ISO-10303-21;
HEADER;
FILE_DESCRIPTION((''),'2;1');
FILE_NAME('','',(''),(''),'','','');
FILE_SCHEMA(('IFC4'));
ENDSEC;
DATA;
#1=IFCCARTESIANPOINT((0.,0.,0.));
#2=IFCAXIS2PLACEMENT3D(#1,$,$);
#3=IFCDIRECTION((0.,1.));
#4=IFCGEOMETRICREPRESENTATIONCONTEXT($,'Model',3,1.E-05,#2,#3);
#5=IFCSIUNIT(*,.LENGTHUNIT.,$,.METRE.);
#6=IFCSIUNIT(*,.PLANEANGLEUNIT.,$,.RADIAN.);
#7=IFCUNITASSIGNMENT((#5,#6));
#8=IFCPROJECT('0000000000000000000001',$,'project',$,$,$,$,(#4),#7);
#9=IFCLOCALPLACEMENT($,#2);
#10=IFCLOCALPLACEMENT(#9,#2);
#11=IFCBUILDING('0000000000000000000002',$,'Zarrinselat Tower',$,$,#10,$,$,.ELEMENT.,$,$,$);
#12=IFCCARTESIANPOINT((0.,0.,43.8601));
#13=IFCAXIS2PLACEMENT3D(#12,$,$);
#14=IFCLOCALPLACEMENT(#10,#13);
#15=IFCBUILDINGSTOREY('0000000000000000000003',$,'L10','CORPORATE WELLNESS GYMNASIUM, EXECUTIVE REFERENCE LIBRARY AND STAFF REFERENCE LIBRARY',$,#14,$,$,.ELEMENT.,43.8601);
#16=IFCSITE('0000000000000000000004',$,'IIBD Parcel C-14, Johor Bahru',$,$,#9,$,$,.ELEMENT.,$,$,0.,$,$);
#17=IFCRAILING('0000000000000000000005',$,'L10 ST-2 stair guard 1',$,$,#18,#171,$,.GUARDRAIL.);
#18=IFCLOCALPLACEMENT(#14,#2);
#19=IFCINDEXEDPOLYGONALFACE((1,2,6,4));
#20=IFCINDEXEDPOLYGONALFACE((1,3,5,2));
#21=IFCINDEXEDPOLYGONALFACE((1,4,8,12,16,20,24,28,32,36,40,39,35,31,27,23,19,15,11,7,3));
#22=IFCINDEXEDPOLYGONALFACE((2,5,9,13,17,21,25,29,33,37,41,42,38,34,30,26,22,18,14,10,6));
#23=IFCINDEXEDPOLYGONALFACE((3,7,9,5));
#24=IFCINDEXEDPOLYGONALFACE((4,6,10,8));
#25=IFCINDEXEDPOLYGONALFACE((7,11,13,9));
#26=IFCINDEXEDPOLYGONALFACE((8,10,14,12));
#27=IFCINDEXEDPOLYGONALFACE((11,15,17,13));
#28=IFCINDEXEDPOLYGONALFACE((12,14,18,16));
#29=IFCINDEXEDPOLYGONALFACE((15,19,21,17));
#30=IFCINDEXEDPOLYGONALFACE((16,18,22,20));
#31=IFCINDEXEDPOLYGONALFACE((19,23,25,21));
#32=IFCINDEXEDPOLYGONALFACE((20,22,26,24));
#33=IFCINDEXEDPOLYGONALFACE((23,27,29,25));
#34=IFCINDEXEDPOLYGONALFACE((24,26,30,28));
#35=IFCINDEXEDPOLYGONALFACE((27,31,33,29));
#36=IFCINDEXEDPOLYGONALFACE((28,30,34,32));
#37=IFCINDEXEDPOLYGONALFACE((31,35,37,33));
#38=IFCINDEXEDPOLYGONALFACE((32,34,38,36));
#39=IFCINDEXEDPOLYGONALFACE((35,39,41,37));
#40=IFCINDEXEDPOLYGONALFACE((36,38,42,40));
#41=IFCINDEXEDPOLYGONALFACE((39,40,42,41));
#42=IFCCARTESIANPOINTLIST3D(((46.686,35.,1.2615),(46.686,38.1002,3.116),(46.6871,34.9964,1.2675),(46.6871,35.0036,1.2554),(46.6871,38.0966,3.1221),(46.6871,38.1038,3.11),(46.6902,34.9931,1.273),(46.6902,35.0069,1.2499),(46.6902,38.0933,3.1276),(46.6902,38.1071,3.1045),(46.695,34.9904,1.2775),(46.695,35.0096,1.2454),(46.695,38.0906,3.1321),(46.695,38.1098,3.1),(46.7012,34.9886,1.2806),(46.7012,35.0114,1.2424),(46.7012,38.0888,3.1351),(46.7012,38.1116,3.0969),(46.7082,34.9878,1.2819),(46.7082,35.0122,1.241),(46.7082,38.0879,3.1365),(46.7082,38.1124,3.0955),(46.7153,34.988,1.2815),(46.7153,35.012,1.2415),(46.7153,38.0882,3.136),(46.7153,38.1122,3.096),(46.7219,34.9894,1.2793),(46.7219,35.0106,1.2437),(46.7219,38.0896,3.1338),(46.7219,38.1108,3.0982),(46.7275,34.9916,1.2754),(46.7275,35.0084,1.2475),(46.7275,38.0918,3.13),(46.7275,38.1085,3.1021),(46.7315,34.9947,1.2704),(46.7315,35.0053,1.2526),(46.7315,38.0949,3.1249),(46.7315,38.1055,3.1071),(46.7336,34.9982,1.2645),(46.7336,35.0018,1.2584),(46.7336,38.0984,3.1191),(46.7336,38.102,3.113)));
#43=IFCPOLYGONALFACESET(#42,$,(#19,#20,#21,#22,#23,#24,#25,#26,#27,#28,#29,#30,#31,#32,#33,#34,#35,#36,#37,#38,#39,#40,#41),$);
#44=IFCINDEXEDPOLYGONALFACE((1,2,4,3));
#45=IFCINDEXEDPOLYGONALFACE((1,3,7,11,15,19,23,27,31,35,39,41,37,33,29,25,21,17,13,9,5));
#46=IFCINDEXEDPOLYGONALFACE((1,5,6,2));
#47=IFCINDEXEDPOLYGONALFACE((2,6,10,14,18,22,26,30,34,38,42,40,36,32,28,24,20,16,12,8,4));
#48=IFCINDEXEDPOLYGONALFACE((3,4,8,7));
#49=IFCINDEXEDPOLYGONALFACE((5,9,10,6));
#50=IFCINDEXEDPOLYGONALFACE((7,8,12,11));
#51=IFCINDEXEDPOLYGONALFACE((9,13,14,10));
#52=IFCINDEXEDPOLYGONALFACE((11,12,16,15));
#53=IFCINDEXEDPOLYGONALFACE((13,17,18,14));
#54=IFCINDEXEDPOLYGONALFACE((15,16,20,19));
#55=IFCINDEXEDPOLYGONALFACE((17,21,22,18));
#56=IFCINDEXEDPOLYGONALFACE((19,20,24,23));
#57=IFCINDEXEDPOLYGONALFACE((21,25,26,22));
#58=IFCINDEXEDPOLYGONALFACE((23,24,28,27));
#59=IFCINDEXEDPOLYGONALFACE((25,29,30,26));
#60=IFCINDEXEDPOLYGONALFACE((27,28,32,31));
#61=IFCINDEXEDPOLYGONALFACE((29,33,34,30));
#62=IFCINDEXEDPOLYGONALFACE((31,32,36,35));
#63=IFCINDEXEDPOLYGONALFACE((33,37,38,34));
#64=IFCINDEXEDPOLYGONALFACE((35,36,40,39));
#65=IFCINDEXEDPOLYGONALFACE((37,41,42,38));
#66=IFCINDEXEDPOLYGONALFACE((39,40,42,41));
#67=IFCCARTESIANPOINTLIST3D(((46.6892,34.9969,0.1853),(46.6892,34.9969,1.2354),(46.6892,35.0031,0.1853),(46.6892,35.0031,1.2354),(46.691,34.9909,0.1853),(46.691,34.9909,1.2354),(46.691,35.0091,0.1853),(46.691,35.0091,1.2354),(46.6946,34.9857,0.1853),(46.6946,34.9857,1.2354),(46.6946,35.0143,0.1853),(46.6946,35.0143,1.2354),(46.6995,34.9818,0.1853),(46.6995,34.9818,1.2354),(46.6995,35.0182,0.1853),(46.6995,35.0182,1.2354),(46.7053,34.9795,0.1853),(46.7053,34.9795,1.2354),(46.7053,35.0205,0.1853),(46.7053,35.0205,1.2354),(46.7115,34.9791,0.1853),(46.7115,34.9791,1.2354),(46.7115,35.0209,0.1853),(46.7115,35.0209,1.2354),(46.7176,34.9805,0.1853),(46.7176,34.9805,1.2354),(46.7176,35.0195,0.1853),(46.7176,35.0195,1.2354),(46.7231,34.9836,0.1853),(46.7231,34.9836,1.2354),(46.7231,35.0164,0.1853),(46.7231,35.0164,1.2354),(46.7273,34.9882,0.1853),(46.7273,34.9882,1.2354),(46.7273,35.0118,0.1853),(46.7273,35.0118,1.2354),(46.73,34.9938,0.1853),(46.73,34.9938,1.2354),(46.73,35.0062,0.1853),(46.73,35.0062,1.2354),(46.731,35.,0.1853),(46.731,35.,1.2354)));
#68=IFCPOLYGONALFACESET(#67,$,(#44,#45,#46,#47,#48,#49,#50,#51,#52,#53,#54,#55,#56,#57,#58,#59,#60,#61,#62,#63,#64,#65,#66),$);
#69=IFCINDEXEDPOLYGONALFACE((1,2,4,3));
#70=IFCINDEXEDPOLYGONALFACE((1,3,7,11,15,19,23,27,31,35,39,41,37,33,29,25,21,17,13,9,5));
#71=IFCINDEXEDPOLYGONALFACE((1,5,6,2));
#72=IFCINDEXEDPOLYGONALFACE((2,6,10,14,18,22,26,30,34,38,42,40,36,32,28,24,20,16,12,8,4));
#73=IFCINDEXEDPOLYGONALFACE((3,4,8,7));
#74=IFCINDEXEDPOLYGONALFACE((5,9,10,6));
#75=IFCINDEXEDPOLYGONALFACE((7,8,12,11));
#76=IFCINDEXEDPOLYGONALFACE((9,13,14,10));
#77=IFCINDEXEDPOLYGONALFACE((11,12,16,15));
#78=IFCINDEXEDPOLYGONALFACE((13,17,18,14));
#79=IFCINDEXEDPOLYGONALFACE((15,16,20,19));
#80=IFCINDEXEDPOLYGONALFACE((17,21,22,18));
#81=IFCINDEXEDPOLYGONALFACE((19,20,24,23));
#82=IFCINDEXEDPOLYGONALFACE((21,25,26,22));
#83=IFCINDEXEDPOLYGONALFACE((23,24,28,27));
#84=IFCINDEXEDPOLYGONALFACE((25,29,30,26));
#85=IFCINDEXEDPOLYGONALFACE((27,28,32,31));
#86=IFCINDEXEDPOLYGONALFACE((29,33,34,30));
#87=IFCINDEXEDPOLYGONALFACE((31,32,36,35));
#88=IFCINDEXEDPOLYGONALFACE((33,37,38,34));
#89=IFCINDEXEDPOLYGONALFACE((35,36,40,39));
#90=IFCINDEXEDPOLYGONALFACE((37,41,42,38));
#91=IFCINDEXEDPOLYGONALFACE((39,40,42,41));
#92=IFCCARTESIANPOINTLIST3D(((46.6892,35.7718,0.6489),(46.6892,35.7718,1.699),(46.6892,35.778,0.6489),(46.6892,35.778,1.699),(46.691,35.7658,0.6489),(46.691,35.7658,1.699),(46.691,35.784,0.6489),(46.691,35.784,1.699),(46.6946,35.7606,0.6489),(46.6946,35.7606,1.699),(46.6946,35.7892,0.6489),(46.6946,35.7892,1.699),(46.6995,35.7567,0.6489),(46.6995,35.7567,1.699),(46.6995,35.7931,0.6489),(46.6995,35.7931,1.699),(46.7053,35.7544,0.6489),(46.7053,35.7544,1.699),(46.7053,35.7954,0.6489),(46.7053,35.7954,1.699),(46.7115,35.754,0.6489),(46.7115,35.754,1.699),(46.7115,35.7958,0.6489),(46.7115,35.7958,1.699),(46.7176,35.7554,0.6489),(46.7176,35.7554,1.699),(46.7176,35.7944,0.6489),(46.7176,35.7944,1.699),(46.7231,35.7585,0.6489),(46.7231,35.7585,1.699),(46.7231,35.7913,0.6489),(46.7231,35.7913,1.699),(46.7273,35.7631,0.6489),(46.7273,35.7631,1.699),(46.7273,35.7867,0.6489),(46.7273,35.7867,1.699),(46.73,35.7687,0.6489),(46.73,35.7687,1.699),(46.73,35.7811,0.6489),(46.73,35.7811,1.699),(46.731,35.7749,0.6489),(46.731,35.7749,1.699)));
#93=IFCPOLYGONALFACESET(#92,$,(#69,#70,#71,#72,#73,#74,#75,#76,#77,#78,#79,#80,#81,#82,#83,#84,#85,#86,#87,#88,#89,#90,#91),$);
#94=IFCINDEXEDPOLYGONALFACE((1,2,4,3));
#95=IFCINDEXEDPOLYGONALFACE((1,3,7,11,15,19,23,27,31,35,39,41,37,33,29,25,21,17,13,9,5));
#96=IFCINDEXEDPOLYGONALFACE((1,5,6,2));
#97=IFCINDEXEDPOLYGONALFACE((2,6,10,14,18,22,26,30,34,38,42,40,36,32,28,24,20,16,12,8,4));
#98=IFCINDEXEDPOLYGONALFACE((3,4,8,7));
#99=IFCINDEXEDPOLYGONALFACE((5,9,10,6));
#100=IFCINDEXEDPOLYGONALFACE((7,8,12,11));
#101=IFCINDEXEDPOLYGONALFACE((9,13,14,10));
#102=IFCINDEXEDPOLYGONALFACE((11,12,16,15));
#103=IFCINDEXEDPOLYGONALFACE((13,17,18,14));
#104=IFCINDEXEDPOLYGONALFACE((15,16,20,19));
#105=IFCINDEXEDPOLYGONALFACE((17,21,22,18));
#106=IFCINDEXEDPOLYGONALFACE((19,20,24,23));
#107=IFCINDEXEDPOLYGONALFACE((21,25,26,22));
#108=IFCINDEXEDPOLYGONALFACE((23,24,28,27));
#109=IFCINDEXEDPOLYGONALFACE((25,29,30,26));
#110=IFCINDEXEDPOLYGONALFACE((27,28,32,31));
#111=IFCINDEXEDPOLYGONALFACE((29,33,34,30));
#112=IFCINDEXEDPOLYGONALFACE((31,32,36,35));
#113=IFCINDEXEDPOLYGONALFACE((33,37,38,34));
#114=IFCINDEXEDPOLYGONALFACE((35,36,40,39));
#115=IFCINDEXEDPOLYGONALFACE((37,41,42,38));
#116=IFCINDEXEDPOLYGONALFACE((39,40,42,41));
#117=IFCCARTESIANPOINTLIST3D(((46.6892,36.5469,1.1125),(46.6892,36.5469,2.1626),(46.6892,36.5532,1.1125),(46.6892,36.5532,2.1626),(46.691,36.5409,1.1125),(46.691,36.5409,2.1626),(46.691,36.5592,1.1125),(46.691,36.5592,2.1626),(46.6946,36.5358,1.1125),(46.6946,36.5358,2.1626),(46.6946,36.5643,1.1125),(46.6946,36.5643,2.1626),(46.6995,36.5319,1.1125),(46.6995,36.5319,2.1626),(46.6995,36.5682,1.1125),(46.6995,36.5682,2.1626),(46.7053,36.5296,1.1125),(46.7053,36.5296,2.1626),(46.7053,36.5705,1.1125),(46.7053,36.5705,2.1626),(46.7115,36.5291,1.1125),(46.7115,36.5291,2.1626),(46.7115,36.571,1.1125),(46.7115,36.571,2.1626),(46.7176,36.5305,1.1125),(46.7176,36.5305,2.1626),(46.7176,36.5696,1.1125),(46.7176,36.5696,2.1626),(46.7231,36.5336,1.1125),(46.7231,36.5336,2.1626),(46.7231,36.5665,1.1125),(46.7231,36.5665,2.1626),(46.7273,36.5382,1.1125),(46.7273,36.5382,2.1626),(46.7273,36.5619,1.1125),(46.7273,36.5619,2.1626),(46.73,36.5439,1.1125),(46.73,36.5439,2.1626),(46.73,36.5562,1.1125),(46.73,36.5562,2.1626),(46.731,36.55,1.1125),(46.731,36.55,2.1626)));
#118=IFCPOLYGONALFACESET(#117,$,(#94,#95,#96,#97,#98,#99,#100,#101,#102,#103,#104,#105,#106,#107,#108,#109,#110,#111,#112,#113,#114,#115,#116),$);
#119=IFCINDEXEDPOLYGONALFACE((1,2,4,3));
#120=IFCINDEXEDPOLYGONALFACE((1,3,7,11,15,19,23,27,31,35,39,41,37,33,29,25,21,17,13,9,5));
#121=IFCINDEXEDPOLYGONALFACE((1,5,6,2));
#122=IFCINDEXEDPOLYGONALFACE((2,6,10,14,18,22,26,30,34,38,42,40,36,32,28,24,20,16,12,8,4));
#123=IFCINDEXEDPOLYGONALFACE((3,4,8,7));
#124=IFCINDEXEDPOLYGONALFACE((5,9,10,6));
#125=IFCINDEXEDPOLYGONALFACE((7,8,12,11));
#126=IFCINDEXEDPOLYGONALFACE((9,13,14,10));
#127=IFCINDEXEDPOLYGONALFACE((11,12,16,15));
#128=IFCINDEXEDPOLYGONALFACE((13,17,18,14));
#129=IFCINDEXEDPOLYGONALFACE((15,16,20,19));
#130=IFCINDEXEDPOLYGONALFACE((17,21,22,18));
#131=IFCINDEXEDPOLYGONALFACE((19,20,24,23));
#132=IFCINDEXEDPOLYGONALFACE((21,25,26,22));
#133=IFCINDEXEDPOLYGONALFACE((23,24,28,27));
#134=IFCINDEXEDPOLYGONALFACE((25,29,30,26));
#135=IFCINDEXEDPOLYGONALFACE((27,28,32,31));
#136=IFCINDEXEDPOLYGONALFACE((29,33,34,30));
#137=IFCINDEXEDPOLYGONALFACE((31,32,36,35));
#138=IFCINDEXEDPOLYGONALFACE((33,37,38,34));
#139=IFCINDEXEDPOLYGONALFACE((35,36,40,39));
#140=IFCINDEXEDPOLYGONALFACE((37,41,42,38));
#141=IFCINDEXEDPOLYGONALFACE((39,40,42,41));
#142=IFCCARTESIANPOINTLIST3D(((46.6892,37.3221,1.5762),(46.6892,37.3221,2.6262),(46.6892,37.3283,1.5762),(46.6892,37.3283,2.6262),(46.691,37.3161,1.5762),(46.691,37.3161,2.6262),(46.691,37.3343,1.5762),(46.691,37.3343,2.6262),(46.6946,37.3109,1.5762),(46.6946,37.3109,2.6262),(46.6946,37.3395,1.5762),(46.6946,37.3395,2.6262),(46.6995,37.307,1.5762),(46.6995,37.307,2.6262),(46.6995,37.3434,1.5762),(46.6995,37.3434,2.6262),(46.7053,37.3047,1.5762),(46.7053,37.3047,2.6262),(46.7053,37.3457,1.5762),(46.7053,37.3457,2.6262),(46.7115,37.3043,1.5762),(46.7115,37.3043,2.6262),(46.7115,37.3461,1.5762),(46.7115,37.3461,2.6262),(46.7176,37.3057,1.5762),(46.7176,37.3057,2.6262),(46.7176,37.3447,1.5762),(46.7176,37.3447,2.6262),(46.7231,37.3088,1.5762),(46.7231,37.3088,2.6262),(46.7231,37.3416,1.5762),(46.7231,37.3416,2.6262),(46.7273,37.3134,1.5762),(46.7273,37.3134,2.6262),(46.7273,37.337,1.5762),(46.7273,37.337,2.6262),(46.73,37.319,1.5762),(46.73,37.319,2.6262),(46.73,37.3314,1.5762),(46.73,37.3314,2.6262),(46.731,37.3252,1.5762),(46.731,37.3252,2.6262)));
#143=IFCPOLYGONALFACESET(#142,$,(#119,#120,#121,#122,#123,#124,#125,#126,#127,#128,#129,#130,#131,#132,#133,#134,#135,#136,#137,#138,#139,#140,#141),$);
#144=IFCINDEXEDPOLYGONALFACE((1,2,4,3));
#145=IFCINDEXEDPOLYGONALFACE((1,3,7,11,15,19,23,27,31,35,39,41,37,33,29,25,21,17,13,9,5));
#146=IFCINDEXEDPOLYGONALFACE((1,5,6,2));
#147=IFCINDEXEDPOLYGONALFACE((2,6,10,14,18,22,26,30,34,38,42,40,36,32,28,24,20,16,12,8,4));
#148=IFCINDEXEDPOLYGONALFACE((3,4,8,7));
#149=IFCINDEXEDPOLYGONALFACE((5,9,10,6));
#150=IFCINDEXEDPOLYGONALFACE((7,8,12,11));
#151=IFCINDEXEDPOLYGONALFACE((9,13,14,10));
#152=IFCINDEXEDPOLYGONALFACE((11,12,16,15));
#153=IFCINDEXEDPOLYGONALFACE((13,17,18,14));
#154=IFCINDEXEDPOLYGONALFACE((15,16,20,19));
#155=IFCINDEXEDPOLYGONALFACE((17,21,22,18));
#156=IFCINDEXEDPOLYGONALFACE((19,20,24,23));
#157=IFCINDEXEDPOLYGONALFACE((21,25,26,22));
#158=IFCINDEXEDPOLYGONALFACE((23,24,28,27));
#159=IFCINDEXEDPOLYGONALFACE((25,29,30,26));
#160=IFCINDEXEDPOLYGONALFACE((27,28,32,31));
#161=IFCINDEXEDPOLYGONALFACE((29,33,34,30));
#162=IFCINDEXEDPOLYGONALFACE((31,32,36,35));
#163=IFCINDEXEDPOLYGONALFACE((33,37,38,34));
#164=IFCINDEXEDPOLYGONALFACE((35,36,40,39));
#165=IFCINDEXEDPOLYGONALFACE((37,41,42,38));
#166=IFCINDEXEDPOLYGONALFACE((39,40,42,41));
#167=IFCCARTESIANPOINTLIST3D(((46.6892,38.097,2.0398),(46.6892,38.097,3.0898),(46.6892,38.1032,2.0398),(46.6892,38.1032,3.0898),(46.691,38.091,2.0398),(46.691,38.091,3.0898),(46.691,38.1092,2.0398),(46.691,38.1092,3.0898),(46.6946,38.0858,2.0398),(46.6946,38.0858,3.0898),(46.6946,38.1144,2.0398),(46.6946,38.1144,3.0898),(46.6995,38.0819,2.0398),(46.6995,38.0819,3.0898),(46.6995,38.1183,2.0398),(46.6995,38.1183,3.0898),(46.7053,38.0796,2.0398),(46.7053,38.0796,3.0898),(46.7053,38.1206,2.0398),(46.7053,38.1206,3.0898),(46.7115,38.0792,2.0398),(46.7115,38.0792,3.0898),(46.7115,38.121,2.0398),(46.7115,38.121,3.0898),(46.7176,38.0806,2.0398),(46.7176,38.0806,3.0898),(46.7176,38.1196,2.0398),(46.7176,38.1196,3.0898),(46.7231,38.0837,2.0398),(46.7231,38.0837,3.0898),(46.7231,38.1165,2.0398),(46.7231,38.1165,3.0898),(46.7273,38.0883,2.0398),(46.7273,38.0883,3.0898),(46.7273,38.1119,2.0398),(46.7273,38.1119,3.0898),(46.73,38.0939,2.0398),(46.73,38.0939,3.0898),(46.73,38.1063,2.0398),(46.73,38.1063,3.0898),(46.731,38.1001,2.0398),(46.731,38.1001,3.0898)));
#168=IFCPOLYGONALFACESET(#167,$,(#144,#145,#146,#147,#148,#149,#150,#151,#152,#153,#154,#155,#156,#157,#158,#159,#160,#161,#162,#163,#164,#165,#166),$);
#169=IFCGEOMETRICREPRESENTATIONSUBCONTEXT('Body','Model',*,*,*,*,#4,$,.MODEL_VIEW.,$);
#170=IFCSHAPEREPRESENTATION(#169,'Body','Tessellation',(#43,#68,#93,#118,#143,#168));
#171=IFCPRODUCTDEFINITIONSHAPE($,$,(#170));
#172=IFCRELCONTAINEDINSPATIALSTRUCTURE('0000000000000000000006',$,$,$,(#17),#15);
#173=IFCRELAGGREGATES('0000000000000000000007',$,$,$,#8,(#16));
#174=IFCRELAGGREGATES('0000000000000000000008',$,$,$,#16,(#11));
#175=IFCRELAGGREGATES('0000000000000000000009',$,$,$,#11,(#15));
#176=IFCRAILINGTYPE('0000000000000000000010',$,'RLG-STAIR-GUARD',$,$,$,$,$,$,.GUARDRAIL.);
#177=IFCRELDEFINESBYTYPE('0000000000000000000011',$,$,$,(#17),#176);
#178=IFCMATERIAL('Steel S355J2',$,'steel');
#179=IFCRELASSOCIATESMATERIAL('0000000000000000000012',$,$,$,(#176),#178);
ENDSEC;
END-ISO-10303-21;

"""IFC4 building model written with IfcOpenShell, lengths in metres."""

from ifc_helpers import new_model, si_unit, direction, frame, origin, origin_2d, place, context, subcontext, project, spatial, circle, extrude, material, type_object, element, save


model = new_model("IFC4")

# Units and contexts
model_context = context("Model", 3, precision=1e-05, world=origin(), true_north=direction((0.0, 1.0)))
body_context = subcontext(model_context, "Body", "Model", "MODEL_VIEW")
ifc_project = project(units=[si_unit("LENGTHUNIT", "METRE"), si_unit("PLANEANGLEUNIT", "RADIAN")], contexts=[model_context])

# Site, building, storey
site_placement = place(None, origin())
site = spatial("IfcSite", under=ifc_project, at=site_placement, Name="IIBD Parcel C-14, Johor Bahru", CompositionType="ELEMENT", RefElevation=0.0)
building_placement = place(site_placement, origin())
building = spatial("IfcBuilding", under=site, at=building_placement, Name="Zarrinselat Tower", CompositionType="ELEMENT")
storey_placement = place(building_placement, frame((0.0, 0.0, 43.8601)))
storey = spatial("IfcBuildingStorey", under=building, at=storey_placement, Name="L10", Description="CORPORATE WELLNESS GYMNASIUM, EXECUTIVE REFERENCE LIBRARY AND STAFF REFERENCE LIBRARY", CompositionType="ELEMENT", Elevation=43.8601)

# Railing
ifc_material_1 = material(Name="Steel S355J2", Category="steel")
railing_type_1 = type_object("IfcRailingType", Name="RLG-STAIR-GUARD", PredefinedType="GUARDRAIL", material=ifc_material_1)
railing_1_placement = place(storey_placement, frame((46.71, 35.0, 0.1853)))
element("IfcRailing", 1, at=railing_1_placement, inside=storey, type_object=railing_type_1, Name="L10 ST-2 stair guard 1", PredefinedType="GUARDRAIL", context=body_context, shape_type="SweptSolid", body=[
    extrude(circle(Radius=0.0239, at=origin_2d()), frame((0.0, 0.0, 1.0762), z_axis=(0.0, 0.858172, 0.513362), x_axis=(-1.0, 0.0, 0.0)), (0.0, 0.0, 1.0), 3.6125),
    extrude(circle(Radius=0.021, at=origin_2d()), origin(), (0.0, 0.0, 1.0), 1.05),
    extrude(circle(Radius=0.021, at=origin_2d()), frame((0.0, 0.7749, 0.4636)), (0.0, 0.0, 1.0), 1.05),
    extrude(circle(Radius=0.021, at=origin_2d()), frame((0.0, 1.55, 0.9272)), (0.0, 0.0, 1.0), 1.05),
    extrude(circle(Radius=0.021, at=origin_2d()), frame((0.0, 2.3252, 1.3909)), (0.0, 0.0, 1.0), 1.05),
    extrude(circle(Radius=0.021, at=origin_2d()), frame((0.0, 3.1001, 1.8545)), (0.0, 0.0, 1.0), 1.05),
])

save(model, "model.ifc")
